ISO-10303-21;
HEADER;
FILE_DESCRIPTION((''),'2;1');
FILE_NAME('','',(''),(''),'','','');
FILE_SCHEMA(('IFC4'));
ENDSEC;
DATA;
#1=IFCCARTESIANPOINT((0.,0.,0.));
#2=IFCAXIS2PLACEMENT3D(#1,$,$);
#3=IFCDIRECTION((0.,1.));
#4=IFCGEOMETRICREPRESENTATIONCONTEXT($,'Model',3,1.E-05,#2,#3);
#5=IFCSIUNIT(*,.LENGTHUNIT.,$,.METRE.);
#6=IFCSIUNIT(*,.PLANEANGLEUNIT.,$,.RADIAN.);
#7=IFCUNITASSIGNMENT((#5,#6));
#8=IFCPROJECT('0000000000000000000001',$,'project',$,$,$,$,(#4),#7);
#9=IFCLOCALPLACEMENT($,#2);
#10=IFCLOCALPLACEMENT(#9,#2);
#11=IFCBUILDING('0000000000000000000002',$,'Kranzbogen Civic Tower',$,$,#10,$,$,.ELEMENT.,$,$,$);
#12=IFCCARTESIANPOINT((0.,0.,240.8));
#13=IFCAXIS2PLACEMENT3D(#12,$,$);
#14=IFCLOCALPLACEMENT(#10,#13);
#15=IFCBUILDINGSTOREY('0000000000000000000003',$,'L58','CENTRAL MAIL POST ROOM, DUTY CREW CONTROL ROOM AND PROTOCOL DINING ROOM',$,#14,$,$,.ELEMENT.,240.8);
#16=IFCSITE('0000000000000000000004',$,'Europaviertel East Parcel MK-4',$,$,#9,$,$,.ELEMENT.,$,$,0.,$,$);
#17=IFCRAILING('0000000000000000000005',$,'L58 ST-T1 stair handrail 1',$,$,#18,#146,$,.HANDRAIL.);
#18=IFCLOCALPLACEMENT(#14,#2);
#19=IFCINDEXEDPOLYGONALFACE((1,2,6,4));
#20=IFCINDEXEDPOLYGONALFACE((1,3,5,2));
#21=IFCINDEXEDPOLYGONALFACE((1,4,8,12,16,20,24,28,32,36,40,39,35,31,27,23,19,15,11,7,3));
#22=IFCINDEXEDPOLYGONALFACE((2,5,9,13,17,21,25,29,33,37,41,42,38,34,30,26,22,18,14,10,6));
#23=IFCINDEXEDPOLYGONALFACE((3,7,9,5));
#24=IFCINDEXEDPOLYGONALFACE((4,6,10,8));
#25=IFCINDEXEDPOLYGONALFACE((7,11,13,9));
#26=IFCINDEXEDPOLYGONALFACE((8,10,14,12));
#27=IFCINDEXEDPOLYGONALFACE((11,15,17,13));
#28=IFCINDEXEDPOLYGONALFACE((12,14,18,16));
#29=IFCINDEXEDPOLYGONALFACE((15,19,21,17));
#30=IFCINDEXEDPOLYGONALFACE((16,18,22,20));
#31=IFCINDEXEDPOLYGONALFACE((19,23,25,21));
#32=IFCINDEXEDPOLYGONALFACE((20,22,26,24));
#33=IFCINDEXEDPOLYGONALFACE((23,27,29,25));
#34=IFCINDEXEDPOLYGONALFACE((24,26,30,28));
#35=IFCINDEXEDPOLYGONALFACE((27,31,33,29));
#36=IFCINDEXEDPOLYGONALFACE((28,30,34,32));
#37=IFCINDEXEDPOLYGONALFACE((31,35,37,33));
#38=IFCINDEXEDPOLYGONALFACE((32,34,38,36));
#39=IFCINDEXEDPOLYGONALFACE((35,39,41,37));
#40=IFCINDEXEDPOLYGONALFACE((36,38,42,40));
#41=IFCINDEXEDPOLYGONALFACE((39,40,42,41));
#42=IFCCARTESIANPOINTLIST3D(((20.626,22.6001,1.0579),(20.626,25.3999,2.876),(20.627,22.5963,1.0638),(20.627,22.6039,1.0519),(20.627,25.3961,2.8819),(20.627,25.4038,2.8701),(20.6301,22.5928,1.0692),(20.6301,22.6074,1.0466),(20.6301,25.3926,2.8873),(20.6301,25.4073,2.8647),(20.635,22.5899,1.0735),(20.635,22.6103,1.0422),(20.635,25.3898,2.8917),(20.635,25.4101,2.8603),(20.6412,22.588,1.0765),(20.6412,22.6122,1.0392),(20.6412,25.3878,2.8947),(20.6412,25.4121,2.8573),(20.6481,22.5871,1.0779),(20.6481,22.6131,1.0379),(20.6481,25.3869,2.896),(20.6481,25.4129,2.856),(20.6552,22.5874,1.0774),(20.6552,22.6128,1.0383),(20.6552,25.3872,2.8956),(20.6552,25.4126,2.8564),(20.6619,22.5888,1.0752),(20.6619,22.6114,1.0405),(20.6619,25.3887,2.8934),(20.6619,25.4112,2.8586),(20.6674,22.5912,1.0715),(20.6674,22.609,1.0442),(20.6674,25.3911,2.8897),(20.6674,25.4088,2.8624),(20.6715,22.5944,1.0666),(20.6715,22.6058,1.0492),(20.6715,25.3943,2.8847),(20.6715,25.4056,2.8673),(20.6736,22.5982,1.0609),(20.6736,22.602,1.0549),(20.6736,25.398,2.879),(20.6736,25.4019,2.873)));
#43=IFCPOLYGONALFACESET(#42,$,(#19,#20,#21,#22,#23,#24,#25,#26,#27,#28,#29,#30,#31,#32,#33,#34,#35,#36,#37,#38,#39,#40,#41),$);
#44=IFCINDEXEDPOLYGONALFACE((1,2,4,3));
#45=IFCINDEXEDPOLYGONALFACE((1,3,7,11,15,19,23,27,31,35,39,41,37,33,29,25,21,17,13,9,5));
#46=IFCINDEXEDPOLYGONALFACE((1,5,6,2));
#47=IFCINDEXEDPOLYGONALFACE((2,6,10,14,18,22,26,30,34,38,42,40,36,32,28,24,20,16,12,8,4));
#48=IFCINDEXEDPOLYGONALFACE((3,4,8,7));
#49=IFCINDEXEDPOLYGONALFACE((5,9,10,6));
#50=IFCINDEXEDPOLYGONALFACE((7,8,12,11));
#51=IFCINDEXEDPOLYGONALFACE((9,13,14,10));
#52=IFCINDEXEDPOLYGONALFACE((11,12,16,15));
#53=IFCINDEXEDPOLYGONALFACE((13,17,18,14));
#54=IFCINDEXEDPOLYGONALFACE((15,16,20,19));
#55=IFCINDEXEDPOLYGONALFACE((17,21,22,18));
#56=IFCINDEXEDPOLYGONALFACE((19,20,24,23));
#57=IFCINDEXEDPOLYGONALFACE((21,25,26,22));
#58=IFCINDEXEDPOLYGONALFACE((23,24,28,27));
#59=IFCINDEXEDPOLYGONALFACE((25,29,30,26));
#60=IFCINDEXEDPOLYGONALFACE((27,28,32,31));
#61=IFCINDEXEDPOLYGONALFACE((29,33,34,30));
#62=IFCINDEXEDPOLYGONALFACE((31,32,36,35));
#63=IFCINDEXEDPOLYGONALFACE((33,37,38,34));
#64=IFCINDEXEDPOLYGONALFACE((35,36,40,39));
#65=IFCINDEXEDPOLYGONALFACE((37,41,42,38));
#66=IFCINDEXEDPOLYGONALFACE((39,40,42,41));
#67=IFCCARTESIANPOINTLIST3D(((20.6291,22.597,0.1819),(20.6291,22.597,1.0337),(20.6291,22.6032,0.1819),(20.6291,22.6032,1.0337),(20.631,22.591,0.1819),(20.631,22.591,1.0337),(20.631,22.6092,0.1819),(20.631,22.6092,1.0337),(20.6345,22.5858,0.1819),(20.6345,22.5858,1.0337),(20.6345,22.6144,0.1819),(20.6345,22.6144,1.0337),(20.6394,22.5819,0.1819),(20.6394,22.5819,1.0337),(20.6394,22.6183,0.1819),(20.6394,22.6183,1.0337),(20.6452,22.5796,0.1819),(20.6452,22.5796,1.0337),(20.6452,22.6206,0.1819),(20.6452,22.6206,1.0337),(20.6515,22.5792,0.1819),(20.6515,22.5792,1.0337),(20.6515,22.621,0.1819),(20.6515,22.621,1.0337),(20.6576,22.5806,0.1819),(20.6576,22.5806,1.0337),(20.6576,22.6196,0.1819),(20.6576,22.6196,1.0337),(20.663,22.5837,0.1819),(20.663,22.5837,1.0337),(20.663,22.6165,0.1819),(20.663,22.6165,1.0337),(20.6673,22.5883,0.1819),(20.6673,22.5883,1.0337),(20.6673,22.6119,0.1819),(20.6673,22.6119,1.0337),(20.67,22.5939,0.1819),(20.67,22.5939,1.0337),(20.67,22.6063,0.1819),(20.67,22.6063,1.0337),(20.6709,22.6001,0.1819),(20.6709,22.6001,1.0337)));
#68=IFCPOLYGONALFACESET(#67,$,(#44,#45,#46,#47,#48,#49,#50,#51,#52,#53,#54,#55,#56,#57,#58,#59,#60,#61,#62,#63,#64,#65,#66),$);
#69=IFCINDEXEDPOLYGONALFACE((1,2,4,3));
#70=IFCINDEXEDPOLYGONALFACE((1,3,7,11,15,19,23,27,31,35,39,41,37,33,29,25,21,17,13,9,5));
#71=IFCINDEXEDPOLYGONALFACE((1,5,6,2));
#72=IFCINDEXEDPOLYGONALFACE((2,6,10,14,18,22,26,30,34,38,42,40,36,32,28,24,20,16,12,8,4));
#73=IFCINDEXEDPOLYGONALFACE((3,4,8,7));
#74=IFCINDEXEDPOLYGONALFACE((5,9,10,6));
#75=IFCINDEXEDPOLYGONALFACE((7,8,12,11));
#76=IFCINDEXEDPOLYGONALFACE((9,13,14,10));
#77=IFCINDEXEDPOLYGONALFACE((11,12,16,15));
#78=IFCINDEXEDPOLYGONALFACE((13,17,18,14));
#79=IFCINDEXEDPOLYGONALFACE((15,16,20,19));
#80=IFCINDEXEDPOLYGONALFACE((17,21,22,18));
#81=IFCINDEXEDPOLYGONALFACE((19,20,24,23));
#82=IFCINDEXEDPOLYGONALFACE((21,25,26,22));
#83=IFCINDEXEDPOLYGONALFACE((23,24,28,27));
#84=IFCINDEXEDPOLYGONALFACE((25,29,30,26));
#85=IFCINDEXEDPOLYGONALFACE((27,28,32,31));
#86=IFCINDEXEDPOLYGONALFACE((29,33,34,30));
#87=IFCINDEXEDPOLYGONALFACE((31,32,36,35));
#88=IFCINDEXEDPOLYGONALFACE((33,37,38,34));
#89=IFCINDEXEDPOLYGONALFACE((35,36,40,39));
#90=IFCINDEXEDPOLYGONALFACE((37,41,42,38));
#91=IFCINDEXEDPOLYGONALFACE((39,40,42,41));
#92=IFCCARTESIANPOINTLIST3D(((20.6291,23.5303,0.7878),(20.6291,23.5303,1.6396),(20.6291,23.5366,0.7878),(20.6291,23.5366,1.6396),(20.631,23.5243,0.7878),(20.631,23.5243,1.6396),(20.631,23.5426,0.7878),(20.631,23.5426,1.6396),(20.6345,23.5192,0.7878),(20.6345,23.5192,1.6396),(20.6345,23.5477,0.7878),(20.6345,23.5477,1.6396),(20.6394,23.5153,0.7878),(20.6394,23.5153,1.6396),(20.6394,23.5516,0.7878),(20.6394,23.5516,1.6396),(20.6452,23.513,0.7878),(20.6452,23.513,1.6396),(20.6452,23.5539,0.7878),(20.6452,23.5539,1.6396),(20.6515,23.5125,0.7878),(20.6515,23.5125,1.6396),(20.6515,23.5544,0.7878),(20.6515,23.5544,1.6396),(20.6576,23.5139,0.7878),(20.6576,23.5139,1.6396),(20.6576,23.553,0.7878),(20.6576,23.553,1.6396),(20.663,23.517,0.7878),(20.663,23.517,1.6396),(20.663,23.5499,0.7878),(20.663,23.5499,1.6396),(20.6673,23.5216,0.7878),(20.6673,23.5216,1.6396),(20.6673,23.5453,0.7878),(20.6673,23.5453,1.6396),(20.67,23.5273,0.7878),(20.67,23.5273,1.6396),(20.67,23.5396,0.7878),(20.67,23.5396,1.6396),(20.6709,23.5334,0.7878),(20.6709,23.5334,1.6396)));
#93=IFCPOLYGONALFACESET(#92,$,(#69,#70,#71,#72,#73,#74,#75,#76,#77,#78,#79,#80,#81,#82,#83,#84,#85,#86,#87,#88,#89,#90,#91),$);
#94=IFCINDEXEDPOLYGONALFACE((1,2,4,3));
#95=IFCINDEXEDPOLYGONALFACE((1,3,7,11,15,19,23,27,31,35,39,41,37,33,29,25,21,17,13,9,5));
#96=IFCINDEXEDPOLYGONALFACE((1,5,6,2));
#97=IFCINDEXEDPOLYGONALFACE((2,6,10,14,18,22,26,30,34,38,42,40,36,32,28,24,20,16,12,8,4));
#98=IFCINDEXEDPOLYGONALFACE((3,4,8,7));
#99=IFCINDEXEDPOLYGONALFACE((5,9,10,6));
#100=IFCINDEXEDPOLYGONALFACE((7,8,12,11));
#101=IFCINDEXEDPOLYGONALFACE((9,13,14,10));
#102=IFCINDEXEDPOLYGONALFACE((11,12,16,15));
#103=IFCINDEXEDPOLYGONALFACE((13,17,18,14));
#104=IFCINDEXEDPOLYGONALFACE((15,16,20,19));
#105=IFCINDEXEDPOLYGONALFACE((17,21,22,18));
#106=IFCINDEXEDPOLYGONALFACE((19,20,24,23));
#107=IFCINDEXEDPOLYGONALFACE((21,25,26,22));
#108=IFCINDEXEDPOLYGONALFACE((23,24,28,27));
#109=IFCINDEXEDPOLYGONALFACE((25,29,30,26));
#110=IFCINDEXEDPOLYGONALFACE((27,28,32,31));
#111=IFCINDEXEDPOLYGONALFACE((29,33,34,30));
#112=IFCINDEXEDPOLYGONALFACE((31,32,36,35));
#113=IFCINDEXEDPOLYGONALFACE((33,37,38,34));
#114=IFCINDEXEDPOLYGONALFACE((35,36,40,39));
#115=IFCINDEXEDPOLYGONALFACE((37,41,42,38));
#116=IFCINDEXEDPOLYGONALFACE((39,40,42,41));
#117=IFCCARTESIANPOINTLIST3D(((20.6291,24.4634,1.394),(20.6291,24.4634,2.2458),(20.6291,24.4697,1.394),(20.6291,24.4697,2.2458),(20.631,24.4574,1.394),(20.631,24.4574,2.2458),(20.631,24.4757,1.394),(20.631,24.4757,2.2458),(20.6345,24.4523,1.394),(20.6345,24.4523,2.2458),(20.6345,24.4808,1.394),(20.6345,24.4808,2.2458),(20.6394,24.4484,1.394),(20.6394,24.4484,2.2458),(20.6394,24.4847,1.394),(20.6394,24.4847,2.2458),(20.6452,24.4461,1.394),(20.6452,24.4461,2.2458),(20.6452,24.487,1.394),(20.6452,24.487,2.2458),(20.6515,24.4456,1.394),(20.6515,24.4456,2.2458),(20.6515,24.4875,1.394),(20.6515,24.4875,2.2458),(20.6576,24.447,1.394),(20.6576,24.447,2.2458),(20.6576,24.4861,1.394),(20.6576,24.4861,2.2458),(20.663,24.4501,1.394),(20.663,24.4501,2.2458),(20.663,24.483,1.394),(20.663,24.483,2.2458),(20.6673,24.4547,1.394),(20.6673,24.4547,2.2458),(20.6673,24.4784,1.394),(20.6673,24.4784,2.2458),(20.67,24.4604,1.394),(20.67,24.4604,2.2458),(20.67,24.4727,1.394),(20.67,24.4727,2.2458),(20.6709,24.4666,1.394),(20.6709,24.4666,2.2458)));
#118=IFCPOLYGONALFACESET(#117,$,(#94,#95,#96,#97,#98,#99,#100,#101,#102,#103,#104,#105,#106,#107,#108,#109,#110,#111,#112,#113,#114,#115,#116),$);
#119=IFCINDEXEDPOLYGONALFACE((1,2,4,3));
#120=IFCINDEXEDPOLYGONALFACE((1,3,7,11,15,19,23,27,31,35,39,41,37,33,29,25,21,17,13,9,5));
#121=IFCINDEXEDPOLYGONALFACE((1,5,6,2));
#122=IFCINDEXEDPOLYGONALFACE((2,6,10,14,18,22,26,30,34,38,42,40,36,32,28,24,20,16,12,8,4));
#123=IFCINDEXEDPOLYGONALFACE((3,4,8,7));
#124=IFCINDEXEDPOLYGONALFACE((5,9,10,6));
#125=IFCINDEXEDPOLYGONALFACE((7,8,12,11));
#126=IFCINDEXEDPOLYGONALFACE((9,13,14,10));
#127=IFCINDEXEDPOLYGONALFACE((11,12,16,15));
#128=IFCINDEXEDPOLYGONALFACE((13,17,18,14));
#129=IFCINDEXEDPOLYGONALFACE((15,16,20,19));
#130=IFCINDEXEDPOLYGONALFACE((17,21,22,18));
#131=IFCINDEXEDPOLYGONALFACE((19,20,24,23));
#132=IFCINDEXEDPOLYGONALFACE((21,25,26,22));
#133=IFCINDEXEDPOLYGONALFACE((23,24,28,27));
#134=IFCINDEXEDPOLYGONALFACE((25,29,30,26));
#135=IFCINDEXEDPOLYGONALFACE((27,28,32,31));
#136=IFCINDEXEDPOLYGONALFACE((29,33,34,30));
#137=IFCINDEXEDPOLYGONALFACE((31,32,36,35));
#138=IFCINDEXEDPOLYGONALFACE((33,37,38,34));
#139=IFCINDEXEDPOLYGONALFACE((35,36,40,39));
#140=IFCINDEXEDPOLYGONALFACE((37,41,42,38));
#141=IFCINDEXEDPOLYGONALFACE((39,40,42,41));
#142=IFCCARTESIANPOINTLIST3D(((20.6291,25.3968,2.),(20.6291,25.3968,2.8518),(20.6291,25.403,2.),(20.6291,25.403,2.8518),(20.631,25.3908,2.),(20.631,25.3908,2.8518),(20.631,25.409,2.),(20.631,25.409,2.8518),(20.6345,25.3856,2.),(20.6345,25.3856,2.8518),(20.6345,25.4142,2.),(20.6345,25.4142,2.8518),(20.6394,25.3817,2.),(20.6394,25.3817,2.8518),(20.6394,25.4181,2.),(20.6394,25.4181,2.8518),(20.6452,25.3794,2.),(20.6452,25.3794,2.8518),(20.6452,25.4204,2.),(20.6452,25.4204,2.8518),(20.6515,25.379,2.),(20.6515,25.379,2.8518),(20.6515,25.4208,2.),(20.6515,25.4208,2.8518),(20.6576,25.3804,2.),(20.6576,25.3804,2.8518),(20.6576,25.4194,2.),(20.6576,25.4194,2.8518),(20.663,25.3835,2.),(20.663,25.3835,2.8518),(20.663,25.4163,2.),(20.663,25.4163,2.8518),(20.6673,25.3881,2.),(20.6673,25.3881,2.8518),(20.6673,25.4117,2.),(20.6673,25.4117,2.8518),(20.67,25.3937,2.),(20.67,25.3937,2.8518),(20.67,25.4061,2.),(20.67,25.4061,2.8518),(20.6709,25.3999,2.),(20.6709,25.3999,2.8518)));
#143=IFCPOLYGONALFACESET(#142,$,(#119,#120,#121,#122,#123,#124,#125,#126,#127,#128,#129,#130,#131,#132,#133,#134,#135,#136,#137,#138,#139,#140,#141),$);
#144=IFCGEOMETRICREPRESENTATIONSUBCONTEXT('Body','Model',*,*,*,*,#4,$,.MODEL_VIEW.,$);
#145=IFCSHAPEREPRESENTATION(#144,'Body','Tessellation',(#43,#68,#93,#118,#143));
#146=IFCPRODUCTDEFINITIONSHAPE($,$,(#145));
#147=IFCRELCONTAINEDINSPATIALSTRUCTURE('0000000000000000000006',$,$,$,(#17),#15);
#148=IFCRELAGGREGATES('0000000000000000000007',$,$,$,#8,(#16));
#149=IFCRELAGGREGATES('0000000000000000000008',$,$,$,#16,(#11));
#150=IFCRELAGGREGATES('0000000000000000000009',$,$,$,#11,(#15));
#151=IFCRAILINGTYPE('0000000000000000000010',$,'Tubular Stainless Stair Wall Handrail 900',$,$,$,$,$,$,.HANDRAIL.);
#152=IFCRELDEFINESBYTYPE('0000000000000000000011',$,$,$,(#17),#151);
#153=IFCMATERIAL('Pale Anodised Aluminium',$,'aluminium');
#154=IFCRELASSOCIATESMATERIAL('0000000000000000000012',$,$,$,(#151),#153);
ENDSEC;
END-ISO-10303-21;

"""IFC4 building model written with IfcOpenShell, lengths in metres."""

from ifc_helpers import new_model, si_unit, direction, frame, origin, origin_2d, place, context, subcontext, project, spatial, circle, extrude, material, type_object, element, save


model = new_model("IFC4")

# Units and contexts
model_context = context("Model", 3, precision=1e-05, world=origin(), true_north=direction((0.0, 1.0)))
body_context = subcontext(model_context, "Body", "Model", "MODEL_VIEW")
ifc_project = project(units=[si_unit("LENGTHUNIT", "METRE"), si_unit("PLANEANGLEUNIT", "RADIAN")], contexts=[model_context])

# Site, building, storey
site_placement = place(None, origin())
site = spatial("IfcSite", under=ifc_project, at=site_placement, Name="Europaviertel East Parcel MK-4", CompositionType="ELEMENT", RefElevation=0.0)
building_placement = place(site_placement, origin())
building = spatial("IfcBuilding", under=site, at=building_placement, Name="Kranzbogen Civic Tower", CompositionType="ELEMENT")
storey_placement = place(building_placement, frame((0.0, 0.0, 240.8)))
storey = spatial("IfcBuildingStorey", under=building, at=storey_placement, Name="L58", Description="CENTRAL MAIL POST ROOM, DUTY CREW CONTROL ROOM AND PROTOCOL DINING ROOM", CompositionType="ELEMENT", Elevation=240.8)

# Shared definitions
ifc_material_1 = material(Name="Pale Anodised Aluminium", Category="aluminium")

# Railing
railing_type_1 = type_object("IfcRailingType", Name="Tubular Stainless Stair Wall Handrail 900", PredefinedType="HANDRAIL", material=ifc_material_1)
railing_1_placement = place(storey_placement, frame((20.6499, 22.6001, 0.1819)))
element("IfcRailing", 1, at=railing_1_placement, inside=storey, type_object=railing_type_1, Name="L58 ST-T1 stair handrail 1", PredefinedType="HANDRAIL", context=body_context, shape_type="SweptSolid", body=[
    extrude(circle(Radius=0.0239, at=origin_2d()), frame((0.0, 0.0, 0.876), z_axis=(0.0, 0.838684, 0.544618), x_axis=(-1.0, 0.0, 0.0)), (0.0, 0.0, 1.0), 3.3384),
    extrude(circle(Radius=0.021, at=origin_2d()), origin(), (0.0, 0.0, 1.0), 0.8518),
    extrude(circle(Radius=0.021, at=origin_2d()), frame((0.0, 0.9333, 0.606)), (0.0, 0.0, 1.0), 0.8518),
    extrude(circle(Radius=0.021, at=origin_2d()), frame((0.0, 1.8665, 1.2122)), (0.0, 0.0, 1.0), 0.8518),
    extrude(circle(Radius=0.021, at=origin_2d()), frame((0.0, 2.7998, 1.8181)), (0.0, 0.0, 1.0), 0.8518),
])

save(model, "model.ifc")
